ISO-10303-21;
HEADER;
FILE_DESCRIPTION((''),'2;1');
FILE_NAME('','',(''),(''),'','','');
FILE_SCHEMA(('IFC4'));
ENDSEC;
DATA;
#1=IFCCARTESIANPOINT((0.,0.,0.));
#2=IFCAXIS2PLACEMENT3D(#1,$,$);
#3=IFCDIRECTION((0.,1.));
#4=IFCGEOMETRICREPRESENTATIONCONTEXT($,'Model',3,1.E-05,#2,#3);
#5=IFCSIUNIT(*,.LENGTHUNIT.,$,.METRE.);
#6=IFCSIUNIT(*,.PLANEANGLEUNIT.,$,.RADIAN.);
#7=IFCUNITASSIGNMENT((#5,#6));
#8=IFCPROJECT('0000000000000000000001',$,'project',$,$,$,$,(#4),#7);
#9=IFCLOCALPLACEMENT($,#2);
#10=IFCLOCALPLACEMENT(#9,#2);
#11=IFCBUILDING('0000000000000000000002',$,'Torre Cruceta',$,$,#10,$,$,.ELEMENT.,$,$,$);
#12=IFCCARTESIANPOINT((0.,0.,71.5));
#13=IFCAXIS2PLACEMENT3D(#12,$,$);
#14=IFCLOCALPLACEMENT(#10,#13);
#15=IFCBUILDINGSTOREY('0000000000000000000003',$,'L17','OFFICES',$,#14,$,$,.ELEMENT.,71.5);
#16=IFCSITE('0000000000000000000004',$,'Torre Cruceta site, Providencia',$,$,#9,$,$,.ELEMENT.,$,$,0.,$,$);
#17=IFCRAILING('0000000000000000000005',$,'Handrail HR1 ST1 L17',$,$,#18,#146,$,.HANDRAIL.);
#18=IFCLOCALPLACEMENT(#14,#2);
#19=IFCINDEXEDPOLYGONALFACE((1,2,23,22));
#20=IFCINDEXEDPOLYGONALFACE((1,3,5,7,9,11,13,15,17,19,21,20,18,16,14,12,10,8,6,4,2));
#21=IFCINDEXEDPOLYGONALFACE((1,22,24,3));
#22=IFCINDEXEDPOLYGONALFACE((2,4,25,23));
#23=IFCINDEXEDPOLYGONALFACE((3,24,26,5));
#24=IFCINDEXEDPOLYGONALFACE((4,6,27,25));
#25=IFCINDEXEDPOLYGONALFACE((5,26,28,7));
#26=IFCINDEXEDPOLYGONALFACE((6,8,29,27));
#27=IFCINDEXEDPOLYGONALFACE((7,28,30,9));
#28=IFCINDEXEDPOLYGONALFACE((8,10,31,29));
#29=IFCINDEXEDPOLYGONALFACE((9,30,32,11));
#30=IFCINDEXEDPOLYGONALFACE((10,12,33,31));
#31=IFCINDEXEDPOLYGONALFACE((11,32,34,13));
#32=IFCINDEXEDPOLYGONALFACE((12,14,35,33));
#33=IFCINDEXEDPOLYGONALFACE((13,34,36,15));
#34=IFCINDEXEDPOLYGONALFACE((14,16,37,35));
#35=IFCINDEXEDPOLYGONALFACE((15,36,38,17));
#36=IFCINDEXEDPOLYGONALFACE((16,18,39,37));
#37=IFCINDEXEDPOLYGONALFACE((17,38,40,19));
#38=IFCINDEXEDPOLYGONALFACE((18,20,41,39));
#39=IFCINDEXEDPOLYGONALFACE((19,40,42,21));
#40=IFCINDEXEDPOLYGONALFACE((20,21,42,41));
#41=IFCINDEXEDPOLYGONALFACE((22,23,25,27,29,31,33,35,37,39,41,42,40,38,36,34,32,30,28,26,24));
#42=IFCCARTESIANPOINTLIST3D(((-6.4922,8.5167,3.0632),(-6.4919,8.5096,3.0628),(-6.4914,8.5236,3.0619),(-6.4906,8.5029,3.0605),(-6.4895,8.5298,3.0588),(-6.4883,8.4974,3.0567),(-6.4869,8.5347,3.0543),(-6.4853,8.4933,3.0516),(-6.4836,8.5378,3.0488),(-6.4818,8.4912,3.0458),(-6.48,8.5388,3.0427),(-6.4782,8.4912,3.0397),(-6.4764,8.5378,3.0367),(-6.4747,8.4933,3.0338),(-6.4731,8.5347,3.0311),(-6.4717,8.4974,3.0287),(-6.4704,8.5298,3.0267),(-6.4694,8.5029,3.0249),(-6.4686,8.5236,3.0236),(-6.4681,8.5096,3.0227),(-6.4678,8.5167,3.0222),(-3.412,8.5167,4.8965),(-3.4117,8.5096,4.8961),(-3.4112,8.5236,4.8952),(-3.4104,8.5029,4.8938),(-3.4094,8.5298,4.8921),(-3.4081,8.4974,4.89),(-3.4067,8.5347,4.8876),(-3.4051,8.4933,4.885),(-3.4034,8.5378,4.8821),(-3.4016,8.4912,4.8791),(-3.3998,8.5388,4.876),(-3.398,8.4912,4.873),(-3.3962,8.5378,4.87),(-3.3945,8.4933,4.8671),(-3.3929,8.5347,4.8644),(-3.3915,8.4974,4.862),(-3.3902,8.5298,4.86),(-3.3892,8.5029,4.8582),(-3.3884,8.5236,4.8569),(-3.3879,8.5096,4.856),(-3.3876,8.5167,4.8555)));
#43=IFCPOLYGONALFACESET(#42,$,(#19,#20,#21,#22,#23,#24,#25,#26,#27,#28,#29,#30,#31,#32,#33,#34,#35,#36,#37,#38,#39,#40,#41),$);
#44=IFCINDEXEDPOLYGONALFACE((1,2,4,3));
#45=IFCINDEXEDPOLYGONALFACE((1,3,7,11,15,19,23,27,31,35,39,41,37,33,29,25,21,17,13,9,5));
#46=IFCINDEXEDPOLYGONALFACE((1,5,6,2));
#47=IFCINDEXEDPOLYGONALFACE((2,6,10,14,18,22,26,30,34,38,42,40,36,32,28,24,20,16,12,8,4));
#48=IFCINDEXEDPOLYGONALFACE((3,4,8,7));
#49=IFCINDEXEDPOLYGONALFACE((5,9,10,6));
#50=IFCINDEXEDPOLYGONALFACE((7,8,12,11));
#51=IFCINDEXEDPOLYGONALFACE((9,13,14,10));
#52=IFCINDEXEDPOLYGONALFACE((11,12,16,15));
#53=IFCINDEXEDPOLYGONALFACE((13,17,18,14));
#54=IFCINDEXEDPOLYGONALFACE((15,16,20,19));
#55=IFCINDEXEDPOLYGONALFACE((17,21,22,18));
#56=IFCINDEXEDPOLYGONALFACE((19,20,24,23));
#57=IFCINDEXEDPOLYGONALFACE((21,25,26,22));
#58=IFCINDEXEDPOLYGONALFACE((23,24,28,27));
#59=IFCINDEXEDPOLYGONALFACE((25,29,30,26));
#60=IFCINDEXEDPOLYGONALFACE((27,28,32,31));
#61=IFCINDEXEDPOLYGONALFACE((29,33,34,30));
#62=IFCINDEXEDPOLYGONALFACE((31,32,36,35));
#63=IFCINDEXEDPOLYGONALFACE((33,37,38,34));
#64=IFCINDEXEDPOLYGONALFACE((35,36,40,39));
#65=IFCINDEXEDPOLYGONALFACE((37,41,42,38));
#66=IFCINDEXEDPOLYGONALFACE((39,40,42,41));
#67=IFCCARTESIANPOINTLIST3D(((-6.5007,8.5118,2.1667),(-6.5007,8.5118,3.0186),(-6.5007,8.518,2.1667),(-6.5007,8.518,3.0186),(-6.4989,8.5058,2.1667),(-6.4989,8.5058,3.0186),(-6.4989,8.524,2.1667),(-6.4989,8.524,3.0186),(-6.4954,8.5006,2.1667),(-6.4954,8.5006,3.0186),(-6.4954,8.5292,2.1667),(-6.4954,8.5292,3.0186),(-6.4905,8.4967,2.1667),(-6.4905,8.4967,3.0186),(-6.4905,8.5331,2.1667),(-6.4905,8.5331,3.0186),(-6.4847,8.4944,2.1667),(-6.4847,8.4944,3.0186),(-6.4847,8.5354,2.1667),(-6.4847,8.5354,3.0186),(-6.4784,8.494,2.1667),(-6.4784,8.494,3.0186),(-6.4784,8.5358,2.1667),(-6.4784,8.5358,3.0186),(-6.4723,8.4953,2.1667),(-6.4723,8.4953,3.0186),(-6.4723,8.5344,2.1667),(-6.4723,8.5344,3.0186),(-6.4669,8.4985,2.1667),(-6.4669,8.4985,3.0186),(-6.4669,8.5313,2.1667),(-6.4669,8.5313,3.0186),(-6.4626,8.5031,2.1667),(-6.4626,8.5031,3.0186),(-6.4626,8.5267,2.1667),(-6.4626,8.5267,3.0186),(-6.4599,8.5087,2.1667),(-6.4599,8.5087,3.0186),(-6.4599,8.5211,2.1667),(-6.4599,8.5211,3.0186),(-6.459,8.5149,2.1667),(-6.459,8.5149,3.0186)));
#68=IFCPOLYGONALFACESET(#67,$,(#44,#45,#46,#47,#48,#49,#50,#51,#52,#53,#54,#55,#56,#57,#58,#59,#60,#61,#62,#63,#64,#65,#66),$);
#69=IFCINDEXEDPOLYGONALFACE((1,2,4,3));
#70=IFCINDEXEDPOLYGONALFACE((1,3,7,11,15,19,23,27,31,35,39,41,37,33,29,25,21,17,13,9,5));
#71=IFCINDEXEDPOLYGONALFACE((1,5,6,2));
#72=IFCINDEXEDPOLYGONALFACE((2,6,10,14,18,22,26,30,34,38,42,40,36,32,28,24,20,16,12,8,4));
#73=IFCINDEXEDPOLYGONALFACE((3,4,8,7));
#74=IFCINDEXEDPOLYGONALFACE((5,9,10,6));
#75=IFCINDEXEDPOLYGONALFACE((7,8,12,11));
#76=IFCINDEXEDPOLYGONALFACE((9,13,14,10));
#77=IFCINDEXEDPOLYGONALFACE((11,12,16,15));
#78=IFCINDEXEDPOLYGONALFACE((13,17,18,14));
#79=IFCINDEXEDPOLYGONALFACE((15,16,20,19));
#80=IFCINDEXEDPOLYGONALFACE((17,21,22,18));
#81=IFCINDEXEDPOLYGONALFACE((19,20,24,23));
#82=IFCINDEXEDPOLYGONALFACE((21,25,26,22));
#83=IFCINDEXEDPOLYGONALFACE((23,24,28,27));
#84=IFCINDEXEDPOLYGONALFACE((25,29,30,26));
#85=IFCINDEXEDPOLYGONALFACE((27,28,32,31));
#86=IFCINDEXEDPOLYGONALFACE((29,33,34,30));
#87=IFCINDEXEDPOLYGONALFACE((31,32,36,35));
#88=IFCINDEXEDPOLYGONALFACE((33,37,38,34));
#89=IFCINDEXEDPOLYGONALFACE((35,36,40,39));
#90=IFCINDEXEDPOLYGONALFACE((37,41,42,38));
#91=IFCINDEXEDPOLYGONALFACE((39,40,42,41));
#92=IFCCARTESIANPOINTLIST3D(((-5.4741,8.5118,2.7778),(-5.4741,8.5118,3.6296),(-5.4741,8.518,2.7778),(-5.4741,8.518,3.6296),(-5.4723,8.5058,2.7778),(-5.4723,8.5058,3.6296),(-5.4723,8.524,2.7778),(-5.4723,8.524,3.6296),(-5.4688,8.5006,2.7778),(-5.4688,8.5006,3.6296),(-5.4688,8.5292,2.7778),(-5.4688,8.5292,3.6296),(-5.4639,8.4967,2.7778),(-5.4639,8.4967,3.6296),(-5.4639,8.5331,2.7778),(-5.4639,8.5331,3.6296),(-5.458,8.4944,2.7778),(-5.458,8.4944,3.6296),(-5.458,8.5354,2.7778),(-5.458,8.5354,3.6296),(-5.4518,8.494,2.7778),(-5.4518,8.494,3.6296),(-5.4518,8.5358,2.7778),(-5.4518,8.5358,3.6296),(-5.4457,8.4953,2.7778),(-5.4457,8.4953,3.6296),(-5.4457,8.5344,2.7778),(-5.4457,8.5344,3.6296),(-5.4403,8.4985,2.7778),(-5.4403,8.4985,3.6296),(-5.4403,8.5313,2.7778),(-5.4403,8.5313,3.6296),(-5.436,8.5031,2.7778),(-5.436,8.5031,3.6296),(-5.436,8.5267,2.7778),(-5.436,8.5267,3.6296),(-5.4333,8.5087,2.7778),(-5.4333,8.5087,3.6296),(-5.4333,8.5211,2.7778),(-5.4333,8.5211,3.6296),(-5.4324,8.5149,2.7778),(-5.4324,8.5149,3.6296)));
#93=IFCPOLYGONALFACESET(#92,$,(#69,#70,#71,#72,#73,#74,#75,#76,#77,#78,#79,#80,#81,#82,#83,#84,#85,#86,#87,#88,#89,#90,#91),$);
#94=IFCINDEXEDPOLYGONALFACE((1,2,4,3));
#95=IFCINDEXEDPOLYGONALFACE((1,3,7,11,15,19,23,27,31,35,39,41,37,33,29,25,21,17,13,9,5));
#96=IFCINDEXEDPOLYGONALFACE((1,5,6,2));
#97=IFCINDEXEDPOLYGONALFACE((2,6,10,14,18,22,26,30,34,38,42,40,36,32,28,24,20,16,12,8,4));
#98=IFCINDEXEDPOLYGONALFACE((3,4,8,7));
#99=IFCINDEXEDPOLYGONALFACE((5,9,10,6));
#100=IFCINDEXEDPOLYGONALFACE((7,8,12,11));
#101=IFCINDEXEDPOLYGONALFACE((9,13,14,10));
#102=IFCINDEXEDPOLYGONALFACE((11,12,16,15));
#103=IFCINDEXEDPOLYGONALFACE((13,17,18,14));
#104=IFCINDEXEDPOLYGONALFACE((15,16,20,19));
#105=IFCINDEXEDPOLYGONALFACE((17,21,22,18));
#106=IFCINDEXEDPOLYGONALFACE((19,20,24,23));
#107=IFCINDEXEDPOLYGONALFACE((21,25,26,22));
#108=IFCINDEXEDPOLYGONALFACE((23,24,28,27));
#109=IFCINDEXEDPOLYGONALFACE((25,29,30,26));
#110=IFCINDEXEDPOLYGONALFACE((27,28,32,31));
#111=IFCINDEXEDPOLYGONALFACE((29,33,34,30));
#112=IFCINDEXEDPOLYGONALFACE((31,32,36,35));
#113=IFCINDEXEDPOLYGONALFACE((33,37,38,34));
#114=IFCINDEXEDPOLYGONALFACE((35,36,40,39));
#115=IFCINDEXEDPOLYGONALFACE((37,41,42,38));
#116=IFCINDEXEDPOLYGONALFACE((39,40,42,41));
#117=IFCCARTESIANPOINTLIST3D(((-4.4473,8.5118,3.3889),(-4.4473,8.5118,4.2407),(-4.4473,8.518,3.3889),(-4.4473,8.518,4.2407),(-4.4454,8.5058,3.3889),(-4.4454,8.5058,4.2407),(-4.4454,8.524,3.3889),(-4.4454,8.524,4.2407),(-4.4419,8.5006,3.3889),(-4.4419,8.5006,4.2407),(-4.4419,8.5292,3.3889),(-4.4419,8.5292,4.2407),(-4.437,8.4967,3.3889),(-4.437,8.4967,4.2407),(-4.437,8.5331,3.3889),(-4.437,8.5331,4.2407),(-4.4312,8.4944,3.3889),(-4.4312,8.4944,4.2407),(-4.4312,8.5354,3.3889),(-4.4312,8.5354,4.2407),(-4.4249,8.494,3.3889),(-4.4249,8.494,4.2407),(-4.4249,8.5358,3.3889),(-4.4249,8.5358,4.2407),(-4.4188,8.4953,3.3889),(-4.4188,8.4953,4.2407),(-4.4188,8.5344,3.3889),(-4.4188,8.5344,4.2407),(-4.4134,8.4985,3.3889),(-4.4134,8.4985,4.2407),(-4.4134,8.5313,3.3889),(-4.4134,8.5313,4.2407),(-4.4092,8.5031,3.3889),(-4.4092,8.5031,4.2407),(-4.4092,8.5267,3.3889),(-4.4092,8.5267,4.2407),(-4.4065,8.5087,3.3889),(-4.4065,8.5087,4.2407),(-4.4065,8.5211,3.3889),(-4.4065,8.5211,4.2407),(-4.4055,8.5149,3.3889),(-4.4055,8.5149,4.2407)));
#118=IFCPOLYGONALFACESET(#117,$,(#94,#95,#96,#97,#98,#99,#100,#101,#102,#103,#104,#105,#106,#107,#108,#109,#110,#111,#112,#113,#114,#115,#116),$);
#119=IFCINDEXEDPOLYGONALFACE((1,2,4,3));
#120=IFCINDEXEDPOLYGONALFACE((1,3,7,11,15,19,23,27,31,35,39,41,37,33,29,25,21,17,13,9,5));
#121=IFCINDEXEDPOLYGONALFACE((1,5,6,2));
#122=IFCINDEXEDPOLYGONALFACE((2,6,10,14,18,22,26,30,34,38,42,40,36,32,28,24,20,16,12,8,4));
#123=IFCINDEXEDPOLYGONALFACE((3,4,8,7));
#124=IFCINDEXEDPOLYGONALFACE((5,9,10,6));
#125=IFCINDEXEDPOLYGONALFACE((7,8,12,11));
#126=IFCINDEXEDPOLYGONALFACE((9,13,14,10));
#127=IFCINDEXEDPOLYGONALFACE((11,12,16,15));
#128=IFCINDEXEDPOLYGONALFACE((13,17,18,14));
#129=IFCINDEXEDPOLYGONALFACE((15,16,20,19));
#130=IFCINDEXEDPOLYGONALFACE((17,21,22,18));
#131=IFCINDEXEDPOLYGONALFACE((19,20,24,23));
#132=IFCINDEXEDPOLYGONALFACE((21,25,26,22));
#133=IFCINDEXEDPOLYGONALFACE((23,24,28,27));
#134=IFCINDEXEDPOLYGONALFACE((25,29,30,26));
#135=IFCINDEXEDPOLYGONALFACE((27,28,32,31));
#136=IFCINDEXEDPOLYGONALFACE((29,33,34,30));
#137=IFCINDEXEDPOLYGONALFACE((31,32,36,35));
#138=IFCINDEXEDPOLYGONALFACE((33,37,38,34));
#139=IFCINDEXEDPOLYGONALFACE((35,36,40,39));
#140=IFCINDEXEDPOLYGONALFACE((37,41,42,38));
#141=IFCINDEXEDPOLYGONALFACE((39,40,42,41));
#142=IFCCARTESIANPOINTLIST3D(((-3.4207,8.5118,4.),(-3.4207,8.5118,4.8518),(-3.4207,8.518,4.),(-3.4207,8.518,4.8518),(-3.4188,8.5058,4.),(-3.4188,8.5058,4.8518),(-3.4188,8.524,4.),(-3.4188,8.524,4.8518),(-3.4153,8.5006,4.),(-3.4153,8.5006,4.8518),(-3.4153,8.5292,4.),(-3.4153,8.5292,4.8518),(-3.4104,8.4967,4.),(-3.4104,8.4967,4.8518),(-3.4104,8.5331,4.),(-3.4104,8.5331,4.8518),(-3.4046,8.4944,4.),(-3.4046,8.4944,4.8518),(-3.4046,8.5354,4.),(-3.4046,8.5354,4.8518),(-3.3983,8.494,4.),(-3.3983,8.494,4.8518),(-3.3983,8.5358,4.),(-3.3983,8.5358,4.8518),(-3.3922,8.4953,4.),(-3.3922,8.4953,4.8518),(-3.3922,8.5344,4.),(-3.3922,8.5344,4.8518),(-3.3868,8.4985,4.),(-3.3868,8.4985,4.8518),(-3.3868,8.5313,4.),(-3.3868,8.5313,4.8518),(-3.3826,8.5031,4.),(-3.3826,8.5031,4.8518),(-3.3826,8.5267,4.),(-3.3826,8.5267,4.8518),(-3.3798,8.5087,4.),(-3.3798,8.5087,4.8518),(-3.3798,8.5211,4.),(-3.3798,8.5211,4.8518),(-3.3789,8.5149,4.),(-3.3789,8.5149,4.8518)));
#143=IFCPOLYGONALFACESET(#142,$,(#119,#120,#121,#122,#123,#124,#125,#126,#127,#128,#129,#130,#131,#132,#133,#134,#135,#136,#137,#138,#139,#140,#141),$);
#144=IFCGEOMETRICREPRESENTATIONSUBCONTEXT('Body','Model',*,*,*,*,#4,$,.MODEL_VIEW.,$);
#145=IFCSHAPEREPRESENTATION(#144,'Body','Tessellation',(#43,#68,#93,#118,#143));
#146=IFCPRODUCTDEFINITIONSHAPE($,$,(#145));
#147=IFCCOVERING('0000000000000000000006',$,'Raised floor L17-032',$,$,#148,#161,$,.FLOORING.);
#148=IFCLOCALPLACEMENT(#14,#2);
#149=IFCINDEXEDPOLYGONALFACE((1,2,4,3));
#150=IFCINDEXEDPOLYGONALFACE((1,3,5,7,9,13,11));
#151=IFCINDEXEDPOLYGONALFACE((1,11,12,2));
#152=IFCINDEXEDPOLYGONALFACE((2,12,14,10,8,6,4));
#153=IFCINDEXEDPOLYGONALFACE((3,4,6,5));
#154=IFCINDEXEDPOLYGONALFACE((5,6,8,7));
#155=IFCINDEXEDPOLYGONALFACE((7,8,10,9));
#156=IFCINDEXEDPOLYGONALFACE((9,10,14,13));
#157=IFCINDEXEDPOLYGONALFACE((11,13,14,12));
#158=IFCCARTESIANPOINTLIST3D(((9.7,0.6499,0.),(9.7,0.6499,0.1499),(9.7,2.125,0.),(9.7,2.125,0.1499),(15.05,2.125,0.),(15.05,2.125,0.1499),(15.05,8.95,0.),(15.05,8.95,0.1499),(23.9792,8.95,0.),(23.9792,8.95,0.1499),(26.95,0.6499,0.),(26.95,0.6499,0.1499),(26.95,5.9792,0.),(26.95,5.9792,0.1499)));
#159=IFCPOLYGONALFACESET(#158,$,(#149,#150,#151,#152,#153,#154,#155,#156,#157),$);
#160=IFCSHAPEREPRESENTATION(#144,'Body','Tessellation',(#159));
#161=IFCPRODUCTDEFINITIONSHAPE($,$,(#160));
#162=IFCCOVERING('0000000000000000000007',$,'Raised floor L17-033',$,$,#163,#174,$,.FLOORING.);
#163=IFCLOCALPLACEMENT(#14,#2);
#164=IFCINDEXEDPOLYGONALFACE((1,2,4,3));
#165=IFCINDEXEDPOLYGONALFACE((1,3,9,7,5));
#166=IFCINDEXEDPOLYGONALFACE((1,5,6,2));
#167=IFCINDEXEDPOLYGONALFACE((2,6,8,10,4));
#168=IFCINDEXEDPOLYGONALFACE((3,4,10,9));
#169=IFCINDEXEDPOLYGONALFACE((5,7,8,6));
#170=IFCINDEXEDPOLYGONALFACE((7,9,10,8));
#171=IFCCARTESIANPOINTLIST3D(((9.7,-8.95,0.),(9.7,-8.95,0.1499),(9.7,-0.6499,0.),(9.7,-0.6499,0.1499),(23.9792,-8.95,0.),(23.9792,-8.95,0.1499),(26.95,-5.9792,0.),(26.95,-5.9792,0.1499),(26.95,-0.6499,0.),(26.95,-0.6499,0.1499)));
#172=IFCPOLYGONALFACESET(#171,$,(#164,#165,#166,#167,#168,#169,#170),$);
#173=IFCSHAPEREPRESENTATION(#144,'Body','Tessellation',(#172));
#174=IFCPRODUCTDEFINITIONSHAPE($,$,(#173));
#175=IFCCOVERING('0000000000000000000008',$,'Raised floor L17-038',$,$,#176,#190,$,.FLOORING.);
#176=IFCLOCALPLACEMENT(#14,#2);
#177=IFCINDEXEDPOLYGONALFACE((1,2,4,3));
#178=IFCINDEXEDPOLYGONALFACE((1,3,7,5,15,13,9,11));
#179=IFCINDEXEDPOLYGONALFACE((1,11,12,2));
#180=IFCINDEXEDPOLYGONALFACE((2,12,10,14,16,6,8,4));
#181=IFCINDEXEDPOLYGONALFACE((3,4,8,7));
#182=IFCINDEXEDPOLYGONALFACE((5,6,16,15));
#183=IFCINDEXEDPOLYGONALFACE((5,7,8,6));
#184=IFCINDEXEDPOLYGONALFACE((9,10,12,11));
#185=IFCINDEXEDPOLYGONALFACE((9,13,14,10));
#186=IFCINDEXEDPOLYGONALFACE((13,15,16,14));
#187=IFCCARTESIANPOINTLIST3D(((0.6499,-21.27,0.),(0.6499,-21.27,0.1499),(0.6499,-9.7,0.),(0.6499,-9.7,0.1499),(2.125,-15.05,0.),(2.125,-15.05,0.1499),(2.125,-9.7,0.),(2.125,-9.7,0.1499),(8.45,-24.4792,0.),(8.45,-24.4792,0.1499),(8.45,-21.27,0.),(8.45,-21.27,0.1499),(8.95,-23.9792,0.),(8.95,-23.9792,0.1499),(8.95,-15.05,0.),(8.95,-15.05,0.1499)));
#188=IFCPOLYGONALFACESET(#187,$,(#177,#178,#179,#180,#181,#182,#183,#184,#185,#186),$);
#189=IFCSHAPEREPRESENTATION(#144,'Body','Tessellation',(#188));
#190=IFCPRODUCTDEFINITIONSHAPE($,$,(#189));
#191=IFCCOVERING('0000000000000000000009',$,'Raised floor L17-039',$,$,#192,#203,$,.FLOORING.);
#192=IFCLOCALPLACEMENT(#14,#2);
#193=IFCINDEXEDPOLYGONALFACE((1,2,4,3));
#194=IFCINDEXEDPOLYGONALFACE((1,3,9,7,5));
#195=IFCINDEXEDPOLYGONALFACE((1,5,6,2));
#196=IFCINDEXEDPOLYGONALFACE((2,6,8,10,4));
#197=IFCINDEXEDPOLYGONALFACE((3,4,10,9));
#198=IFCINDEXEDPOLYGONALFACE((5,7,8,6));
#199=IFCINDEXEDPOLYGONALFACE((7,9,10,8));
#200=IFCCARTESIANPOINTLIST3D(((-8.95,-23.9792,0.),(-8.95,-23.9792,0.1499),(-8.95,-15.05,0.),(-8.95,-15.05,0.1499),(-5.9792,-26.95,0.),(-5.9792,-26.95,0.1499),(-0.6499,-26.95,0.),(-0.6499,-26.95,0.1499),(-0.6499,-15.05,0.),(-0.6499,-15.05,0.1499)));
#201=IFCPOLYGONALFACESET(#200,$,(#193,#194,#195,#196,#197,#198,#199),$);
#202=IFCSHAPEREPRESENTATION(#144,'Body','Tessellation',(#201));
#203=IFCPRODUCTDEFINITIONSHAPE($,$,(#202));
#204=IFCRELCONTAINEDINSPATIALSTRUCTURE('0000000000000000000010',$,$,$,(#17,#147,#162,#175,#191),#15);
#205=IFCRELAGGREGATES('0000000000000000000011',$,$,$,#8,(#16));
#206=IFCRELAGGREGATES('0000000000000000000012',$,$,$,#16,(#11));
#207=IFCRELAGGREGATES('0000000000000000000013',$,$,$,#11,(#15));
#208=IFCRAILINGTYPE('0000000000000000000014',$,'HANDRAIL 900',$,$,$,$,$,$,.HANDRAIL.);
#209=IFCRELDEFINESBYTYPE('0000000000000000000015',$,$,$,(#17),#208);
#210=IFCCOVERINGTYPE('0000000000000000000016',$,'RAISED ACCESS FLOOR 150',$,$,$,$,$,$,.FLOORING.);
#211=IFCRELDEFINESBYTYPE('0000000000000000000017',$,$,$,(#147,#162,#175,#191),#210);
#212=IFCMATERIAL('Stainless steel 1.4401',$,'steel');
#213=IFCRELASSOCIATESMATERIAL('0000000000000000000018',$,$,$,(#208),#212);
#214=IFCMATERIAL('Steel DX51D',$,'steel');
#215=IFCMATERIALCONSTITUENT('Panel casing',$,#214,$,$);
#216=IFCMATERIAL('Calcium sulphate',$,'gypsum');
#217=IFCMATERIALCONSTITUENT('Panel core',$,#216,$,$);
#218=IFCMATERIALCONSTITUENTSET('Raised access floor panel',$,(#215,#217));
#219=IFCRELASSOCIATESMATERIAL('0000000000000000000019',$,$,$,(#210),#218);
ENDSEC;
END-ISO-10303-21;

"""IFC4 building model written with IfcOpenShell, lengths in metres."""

from ifc_helpers import new_model, si_unit, direction, frame, origin, origin_2d, place, context, subcontext, project, spatial, polyline, circle, outline, extrude, material, constituent, constituent_set, type_object, element, save


model = new_model("IFC4")

# Units and contexts
model_context = context("Model", 3, precision=1e-05, world=origin(), true_north=direction((0.0, 1.0)))
body_context = subcontext(model_context, "Body", "Model", "MODEL_VIEW")
ifc_project = project(units=[si_unit("LENGTHUNIT", "METRE"), si_unit("PLANEANGLEUNIT", "RADIAN")], contexts=[model_context])

# Site, building, storey
site_placement = place(None, origin())
site = spatial("IfcSite", under=ifc_project, at=site_placement, Name="Torre Cruceta site, Providencia", CompositionType="ELEMENT", RefElevation=0.0)
building_placement = place(site_placement, origin())
building = spatial("IfcBuilding", under=site, at=building_placement, Name="Torre Cruceta", CompositionType="ELEMENT")
storey_placement = place(building_placement, frame((0.0, 0.0, 71.5)))
storey = spatial("IfcBuildingStorey", under=building, at=storey_placement, Name="L17", Description="OFFICES", CompositionType="ELEMENT", Elevation=71.5)

# Railing
ifc_material_1 = material(Name="Stainless steel 1.4401", Category="steel")
railing_type = type_object("IfcRailingType", Name="HANDRAIL 900", PredefinedType="HANDRAIL", material=ifc_material_1)
railing_1_placement = place(storey_placement, frame((-6.48, 8.5149, 2.1667)))
element("IfcRailing", 1, at=railing_1_placement, inside=storey, type_object=railing_type, Name="Handrail HR1 ST1 L17", PredefinedType="HANDRAIL", context=body_context, shape_type="SweptSolid", body=[
    extrude(circle(Radius=0.0239, at=origin_2d()), frame((0.0, 0.0, 0.876), z_axis=(0.859309, 0.0, 0.511458), x_axis=(0.0, 1.0, 0.0)), (0.0, 0.0, 1.0), 3.5845),
    extrude(circle(Radius=0.021, at=origin_2d()), origin(), (0.0, 0.0, 1.0), 0.8518),
    extrude(circle(Radius=0.021, at=origin_2d()), frame((1.0266, 0.0, 0.6111)), (0.0, 0.0, 1.0), 0.8518),
    extrude(circle(Radius=0.021, at=origin_2d()), frame((2.0535, 0.0, 1.2222)), (0.0, 0.0, 1.0), 0.8518),
    extrude(circle(Radius=0.021, at=origin_2d()), frame((3.0801, 0.0, 1.8333)), (0.0, 0.0, 1.0), 0.8518),
])

# Coverings
ifc_material_2 = material(Name="Steel DX51D", Category="steel")
ifc_constituent_1 = constituent(ifc_material_2, Name="Panel casing")
ifc_material_3 = material(Name="Calcium sulphate", Category="gypsum")
ifc_constituent_2 = constituent(ifc_material_3, Name="Panel core")
ifc_constituent_set_1 = constituent_set(constituents=[ifc_constituent_1, ifc_constituent_2], Name="Raised access floor panel")
covering_type_1 = type_object("IfcCoveringType", Name="RAISED ACCESS FLOOR 150", PredefinedType="FLOORING", material=ifc_constituent_set_1)
covering_1_placement = place(storey_placement, origin())
element("IfcCovering", 2, at=covering_1_placement, inside=storey, type_object=covering_type_1, Name="Raised floor L17-032", PredefinedType="FLOORING", context=body_context, shape_type="SweptSolid", body=[
    extrude(outline(polyline([(26.95, 5.9792), (26.95, 0.6499), (9.7, 0.6499), (9.7, 2.125), (15.05, 2.125), (15.05, 8.95), (23.9792, 8.95), (26.95, 5.9792)])), origin(), (0.0, 0.0, 1.0), 0.1499),
])
covering_2_placement = place(storey_placement, origin())
element("IfcCovering", 3, at=covering_2_placement, inside=storey, type_object=covering_type_1, Name="Raised floor L17-033", PredefinedType="FLOORING", context=body_context, shape_type="SweptSolid", body=[
    extrude(outline(polyline([(26.95, -5.9792), (23.9792, -8.95), (9.7, -8.95), (9.7, -0.6499), (26.95, -0.6499), (26.95, -5.9792)])), origin(), (0.0, 0.0, 1.0), 0.1499),
])
covering_3_placement = place(storey_placement, origin())
element("IfcCovering", 4, at=covering_3_placement, inside=storey, type_object=covering_type_1, Name="Raised floor L17-038", PredefinedType="FLOORING", context=body_context, shape_type="SweptSolid", body=[
    extrude(outline(polyline([(2.125, -9.7), (2.125, -15.05), (8.95, -15.05), (8.95, -23.9792), (8.45, -24.4792), (8.45, -21.27), (0.6499, -21.27), (0.6499, -9.7), (2.125, -9.7)])), origin(), (0.0, 0.0, 1.0), 0.1499),
])
covering_4_placement = place(storey_placement, origin())
element("IfcCovering", 5, at=covering_4_placement, inside=storey, type_object=covering_type_1, Name="Raised floor L17-039", PredefinedType="FLOORING", context=body_context, shape_type="SweptSolid", body=[
    extrude(outline(polyline([(-8.95, -23.9792), (-8.95, -15.05), (-0.6499, -15.05), (-0.6499, -26.95), (-5.9792, -26.95), (-8.95, -23.9792)])), origin(), (0.0, 0.0, 1.0), 0.1499),
])

save(model, "model.ifc")
